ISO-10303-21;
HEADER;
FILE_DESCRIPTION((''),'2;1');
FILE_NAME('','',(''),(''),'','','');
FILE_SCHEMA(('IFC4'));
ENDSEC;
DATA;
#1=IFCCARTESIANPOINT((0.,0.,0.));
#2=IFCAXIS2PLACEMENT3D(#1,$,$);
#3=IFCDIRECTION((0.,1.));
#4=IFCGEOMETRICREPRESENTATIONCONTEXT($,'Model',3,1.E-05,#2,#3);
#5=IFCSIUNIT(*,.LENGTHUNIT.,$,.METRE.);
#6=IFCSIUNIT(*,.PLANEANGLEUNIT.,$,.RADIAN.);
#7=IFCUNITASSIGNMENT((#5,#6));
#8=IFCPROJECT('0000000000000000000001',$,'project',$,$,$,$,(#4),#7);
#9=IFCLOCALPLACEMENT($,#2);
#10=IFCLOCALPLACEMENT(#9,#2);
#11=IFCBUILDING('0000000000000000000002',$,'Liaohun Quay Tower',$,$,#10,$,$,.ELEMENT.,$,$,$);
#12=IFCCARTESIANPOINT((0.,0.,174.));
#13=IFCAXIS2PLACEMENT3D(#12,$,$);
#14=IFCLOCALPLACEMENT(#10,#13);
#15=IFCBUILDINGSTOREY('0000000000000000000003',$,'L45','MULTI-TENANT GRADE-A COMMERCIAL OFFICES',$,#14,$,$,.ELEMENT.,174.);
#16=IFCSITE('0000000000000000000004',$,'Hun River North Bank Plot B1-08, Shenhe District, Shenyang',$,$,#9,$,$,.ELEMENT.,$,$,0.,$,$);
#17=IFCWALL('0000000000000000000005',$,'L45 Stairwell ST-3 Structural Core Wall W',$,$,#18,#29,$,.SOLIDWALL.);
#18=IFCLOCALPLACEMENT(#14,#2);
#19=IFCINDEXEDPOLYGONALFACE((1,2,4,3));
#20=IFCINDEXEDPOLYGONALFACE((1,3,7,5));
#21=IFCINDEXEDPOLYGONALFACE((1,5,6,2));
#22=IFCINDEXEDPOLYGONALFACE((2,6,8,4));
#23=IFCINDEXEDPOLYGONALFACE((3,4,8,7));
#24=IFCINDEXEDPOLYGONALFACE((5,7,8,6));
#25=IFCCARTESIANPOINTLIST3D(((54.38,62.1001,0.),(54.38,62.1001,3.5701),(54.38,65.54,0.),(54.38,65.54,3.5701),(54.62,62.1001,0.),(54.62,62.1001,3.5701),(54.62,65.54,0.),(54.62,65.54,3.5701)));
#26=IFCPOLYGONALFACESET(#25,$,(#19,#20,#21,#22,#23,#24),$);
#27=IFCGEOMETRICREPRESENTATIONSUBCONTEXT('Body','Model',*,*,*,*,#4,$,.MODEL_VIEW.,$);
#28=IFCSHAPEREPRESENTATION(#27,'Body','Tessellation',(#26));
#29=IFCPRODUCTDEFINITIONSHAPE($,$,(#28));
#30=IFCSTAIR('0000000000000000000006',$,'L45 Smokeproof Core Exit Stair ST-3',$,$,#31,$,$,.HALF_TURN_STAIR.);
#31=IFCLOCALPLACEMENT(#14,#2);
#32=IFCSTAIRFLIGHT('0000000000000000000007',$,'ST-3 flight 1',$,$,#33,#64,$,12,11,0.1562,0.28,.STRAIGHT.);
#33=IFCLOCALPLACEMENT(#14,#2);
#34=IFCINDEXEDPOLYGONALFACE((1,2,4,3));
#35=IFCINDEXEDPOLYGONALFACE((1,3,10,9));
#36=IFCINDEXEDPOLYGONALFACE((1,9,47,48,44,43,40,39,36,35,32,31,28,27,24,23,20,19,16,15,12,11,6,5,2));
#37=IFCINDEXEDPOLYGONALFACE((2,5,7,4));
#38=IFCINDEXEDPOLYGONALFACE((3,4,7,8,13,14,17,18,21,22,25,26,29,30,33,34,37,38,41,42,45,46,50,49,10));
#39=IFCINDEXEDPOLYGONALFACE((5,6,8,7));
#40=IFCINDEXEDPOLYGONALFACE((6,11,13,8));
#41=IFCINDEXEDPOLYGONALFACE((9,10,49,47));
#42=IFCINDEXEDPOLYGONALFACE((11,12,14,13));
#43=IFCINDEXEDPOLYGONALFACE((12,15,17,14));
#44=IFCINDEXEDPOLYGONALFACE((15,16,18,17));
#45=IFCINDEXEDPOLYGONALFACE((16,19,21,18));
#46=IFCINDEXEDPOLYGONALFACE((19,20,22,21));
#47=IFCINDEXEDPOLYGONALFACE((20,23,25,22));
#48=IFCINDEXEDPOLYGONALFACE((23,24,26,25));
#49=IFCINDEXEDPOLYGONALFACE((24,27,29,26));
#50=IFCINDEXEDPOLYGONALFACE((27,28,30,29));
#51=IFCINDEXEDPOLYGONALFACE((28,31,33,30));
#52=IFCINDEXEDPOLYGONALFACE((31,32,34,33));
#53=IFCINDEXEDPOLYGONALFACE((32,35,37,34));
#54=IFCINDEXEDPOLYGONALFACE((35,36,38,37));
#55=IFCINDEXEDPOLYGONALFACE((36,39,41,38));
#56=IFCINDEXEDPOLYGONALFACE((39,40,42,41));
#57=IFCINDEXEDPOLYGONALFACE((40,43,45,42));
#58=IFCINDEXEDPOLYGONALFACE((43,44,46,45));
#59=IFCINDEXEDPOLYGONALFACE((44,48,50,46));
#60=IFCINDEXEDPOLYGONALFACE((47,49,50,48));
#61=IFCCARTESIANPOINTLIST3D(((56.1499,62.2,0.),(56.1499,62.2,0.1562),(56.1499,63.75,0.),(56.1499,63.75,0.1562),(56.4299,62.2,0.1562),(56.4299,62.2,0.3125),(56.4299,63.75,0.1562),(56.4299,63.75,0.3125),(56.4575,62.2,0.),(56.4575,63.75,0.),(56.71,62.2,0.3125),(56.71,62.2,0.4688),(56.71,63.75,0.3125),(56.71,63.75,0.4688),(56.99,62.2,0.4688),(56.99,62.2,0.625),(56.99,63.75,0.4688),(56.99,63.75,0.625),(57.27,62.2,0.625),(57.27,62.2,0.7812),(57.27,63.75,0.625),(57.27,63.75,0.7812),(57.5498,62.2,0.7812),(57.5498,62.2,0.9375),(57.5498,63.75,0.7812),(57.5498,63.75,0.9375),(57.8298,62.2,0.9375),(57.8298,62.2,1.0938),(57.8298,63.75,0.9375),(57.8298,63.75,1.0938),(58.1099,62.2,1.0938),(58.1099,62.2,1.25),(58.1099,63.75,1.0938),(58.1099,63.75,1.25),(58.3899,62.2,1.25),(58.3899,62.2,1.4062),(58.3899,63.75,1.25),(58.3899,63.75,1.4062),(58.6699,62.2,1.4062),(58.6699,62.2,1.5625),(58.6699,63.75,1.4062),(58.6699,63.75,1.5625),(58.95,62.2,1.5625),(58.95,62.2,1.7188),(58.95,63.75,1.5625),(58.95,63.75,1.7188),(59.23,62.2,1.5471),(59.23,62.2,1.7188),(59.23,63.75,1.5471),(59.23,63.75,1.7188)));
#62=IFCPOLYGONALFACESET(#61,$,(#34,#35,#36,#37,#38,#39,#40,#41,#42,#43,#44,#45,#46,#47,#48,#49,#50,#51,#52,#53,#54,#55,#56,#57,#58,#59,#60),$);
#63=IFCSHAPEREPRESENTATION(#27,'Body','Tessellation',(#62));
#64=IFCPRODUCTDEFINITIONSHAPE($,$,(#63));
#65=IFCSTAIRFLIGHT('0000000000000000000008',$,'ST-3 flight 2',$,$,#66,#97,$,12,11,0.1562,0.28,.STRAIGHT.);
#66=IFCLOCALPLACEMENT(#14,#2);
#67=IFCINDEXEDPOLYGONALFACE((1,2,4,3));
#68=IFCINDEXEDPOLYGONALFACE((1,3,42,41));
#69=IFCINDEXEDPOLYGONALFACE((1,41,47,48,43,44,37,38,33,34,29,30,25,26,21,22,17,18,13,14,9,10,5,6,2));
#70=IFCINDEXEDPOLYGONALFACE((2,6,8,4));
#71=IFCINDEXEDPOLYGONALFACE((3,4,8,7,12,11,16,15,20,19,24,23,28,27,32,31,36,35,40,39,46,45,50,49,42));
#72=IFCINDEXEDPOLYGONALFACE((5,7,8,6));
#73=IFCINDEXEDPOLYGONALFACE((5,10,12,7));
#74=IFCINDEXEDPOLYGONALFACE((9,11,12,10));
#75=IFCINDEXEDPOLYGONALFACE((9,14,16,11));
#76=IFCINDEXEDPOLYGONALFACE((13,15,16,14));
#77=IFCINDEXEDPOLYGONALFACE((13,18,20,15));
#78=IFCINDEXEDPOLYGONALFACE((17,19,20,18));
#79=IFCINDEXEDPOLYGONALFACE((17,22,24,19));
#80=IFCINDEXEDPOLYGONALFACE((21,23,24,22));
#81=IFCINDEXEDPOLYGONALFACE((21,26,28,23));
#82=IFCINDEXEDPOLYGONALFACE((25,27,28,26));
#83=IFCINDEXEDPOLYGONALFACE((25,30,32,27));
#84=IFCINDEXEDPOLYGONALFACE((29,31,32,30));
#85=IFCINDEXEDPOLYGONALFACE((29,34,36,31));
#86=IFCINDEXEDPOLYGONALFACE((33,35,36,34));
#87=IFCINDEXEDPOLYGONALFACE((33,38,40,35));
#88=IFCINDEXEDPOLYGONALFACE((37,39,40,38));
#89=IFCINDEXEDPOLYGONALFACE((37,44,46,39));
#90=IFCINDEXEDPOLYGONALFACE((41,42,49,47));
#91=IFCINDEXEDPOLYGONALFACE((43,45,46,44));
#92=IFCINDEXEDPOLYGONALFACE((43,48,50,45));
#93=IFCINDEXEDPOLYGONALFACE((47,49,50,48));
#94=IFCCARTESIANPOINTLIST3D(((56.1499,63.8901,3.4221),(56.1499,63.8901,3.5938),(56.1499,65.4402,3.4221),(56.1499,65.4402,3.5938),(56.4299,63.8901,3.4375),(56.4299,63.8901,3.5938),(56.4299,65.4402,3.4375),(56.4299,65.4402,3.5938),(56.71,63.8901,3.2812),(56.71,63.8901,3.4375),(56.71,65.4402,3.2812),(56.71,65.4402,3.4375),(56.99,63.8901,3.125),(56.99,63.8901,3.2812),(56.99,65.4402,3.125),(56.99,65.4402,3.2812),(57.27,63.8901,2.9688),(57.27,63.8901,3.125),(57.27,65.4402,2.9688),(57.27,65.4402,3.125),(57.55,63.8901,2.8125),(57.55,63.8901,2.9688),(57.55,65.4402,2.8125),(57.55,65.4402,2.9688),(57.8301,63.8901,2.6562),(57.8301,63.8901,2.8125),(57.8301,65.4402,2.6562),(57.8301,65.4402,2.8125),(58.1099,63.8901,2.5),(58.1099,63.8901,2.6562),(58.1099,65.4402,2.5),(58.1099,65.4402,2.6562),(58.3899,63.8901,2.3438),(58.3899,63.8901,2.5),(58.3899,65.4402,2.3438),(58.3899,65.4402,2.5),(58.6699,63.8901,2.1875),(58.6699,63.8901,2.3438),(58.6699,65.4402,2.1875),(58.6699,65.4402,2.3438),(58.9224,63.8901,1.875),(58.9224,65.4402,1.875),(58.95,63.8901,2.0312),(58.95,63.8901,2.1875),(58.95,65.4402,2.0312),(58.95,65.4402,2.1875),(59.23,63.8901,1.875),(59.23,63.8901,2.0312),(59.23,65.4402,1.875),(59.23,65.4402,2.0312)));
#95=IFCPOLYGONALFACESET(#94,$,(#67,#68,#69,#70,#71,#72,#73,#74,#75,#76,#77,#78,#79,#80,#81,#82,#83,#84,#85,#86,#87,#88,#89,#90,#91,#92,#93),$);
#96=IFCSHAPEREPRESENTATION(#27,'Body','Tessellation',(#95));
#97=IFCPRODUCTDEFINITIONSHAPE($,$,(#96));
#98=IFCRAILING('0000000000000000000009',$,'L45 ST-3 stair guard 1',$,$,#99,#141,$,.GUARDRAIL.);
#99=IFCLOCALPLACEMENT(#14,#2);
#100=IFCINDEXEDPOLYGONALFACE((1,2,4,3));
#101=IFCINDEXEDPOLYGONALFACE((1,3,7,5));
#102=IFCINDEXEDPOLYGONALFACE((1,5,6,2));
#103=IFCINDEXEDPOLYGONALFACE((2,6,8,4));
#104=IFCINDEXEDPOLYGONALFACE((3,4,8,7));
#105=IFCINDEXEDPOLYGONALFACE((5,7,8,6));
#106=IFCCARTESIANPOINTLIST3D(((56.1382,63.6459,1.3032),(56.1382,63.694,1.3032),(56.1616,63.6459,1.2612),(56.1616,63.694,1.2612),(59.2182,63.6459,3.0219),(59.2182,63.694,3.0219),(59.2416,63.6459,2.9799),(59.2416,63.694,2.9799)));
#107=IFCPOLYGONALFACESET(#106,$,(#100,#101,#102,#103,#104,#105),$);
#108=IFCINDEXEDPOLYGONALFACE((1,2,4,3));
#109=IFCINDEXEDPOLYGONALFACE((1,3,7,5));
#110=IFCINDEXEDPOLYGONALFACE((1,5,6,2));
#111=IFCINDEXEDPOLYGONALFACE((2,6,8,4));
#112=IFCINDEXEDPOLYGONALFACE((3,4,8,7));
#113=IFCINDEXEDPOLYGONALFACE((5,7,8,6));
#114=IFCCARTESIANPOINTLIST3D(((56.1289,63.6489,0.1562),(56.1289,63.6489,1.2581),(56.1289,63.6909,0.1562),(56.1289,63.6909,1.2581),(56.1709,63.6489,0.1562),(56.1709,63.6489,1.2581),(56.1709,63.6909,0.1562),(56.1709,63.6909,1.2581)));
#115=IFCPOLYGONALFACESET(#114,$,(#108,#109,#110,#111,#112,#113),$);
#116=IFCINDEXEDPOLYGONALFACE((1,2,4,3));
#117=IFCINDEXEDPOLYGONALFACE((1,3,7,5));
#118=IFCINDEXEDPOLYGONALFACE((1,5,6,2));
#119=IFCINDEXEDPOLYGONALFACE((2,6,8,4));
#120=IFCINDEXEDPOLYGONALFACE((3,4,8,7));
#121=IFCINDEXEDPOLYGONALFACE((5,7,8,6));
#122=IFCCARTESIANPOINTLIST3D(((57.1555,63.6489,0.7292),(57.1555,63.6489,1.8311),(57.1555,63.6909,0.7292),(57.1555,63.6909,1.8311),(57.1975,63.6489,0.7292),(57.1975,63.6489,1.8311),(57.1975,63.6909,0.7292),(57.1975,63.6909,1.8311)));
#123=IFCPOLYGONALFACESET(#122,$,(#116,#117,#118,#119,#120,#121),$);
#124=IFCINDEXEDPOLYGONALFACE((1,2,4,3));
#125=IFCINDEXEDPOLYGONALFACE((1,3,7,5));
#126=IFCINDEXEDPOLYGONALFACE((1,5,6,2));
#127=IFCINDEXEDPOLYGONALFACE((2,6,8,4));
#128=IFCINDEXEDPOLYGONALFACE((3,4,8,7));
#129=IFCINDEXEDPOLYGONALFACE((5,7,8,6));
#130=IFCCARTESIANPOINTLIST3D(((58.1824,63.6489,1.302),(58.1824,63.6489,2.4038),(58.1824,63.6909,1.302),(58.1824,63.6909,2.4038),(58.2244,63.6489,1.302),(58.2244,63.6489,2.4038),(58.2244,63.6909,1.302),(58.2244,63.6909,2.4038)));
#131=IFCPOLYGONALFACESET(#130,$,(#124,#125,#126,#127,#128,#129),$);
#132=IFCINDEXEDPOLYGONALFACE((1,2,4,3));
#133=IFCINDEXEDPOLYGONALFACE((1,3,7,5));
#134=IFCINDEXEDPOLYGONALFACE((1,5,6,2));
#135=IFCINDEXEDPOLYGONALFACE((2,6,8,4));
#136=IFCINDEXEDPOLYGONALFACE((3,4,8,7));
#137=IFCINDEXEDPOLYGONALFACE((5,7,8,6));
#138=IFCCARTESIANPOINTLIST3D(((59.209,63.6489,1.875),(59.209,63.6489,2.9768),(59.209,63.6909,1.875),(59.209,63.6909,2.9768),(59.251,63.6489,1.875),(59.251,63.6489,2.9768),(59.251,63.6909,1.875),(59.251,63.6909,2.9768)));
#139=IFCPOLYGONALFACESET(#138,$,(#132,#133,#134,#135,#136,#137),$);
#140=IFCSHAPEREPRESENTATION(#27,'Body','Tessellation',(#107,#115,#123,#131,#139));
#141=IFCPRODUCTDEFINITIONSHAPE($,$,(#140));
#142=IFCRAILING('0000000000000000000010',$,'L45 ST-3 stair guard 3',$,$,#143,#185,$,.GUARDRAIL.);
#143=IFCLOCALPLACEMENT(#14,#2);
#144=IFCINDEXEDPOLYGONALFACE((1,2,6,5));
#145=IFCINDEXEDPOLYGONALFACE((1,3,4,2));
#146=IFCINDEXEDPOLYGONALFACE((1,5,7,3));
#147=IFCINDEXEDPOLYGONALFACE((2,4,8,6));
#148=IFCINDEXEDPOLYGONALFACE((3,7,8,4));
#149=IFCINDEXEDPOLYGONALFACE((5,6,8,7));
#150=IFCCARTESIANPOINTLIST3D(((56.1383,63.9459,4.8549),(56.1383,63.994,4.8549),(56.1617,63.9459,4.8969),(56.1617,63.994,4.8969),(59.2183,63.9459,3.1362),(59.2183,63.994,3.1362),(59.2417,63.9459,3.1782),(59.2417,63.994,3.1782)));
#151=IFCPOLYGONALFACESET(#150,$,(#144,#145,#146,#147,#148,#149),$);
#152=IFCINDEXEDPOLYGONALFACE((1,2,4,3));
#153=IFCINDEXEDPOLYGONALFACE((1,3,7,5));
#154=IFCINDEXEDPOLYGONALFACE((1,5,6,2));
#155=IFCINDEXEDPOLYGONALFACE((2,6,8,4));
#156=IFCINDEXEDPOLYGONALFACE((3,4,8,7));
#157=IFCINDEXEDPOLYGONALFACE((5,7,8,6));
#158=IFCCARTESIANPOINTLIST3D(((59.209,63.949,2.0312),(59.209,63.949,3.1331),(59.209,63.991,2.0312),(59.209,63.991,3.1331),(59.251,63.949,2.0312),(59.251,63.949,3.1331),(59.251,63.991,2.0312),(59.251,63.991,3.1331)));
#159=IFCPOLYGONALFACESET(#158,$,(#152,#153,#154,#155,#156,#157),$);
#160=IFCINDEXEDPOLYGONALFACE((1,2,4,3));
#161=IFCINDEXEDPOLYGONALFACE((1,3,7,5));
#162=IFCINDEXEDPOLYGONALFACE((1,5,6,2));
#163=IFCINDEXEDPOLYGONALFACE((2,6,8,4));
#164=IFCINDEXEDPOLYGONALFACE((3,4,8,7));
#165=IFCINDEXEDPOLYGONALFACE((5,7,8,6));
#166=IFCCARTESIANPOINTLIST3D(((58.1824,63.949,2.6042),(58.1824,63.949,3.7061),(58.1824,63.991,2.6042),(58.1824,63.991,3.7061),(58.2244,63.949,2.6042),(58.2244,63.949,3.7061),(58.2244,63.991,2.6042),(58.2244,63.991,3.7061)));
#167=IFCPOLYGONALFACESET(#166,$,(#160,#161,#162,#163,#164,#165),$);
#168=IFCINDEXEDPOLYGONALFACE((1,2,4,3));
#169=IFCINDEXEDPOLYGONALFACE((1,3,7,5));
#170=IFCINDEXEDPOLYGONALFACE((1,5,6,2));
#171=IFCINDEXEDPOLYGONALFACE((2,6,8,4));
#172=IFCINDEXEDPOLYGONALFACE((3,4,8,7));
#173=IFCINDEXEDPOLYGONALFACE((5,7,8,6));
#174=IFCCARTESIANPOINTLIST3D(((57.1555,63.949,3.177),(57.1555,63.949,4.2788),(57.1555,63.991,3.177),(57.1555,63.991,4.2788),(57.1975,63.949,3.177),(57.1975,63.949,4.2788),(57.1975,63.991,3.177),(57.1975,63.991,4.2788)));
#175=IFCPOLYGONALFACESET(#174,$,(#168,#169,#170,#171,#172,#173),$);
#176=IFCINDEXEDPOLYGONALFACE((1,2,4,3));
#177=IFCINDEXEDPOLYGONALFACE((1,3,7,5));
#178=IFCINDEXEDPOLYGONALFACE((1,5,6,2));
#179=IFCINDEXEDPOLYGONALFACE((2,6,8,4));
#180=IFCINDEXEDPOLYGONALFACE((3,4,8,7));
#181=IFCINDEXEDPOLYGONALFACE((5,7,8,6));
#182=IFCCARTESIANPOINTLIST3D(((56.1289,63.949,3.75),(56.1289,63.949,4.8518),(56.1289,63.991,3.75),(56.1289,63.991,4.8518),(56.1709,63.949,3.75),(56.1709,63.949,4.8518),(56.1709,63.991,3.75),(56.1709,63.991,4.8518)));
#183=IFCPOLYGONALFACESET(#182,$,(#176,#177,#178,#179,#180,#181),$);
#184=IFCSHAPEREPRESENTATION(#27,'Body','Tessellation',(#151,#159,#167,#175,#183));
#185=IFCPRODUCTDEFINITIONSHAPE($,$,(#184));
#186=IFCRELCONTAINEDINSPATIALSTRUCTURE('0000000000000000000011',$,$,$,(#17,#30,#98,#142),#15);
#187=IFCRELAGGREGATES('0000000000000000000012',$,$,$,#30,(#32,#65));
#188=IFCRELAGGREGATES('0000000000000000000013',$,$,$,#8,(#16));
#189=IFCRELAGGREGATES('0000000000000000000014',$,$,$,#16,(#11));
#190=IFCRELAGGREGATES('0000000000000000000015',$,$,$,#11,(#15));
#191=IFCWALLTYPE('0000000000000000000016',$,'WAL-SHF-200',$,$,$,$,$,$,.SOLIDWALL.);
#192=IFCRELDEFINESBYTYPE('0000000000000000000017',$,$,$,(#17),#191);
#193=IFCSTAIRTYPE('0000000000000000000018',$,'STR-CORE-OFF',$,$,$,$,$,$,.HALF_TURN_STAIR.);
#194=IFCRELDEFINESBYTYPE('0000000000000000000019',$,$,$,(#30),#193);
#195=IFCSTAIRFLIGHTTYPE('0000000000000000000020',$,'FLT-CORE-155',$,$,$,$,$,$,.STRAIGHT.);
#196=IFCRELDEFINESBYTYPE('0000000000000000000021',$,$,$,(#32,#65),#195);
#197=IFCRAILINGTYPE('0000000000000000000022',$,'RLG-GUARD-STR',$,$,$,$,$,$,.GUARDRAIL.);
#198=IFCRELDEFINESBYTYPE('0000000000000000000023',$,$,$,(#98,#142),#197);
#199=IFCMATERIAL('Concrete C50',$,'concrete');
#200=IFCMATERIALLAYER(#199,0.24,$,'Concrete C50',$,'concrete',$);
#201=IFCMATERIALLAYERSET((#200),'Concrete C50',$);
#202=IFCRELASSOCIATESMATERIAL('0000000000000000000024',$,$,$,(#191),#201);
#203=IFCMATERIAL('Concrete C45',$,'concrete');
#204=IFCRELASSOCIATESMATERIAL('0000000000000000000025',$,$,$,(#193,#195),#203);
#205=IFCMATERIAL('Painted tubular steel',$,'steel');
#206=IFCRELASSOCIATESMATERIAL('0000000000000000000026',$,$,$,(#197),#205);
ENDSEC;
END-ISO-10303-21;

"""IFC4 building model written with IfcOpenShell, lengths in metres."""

from ifc_helpers import new_model, si_unit, direction, frame, frame_2d, origin, origin_2d, place, context, subcontext, project, spatial, polyline, rectangle, outline, extrude, material, layer, layer_set, type_object, element, aggregate, save


model = new_model("IFC4")

# Units and contexts
model_context = context("Model", 3, precision=1e-05, world=origin(), true_north=direction((0.0, 1.0)))
body_context = subcontext(model_context, "Body", "Model", "MODEL_VIEW")
ifc_project = project(units=[si_unit("LENGTHUNIT", "METRE"), si_unit("PLANEANGLEUNIT", "RADIAN")], contexts=[model_context])

# Site, building, storey
site_placement = place(None, origin())
site = spatial("IfcSite", under=ifc_project, at=site_placement, Name="Hun River North Bank Plot B1-08, Shenhe District, Shenyang", CompositionType="ELEMENT", RefElevation=0.0)
building_placement = place(site_placement, origin())
building = spatial("IfcBuilding", under=site, at=building_placement, Name="Liaohun Quay Tower", CompositionType="ELEMENT")
storey_placement = place(building_placement, frame((0.0, 0.0, 174.0)))
storey = spatial("IfcBuildingStorey", under=building, at=storey_placement, Name="L45", Description="MULTI-TENANT GRADE-A COMMERCIAL OFFICES", CompositionType="ELEMENT", Elevation=174.0)

# Wall
ifc_material_1 = material(Name="Concrete C50", Category="concrete")
ifc_layer_1 = layer(ifc_material_1, 0.24, Name="Concrete C50", Category="concrete")
ifc_layer_set_1 = layer_set([ifc_layer_1], Name="Concrete C50")
wall_type_1 = type_object("IfcWallType", Name="WAL-SHF-200", PredefinedType="SOLIDWALL", material=ifc_layer_set_1)
wall_1_placement = place(storey_placement, frame((54.5, 65.54, 0.0), z_axis=(0.0, 0.0, 1.0), x_axis=(0.0, -1.0, 0.0)))
element("IfcWall", 1, at=wall_1_placement, inside=storey, type_object=wall_type_1, Name="L45 Stairwell ST-3 Structural Core Wall W", PredefinedType="SOLIDWALL", context=body_context, shape_type="SweptSolid", body=[
    extrude(rectangle(XDim=3.4399, YDim=0.24, at=frame_2d((1.72, 0.0))), origin(), (0.0, 0.0, 1.0), 3.5701),
])

# Stair, stair flights
ifc_material_2 = material(Name="Concrete C45", Category="concrete")
stair_type = type_object("IfcStairType", Name="STR-CORE-OFF", PredefinedType="HALF_TURN_STAIR", material=ifc_material_2)
stair_placement = place(storey_placement, origin())
stair = element("IfcStair", 2, at=stair_placement, inside=storey, type_object=stair_type, Name="L45 Smokeproof Core Exit Stair ST-3", PredefinedType="HALF_TURN_STAIR")
stair_flight_type = type_object("IfcStairFlightType", Name="FLT-CORE-155", PredefinedType="STRAIGHT", material=ifc_material_2)
stair_flight_1_placement = place(storey_placement, frame((56.1499, 62.9751, 0.0), z_axis=(0.0, 0.0, 1.0), x_axis=(1.0, 0.0, 0.0)))
stair_flight_1 = element("IfcStairFlight", 3, at=stair_flight_1_placement, type_object=stair_flight_type, Name="ST-3 flight 1", NumberOfRisers=12, NumberOfTreads=11, PredefinedType="STRAIGHT", RiserHeight=0.1562, TreadLength=0.28, context=body_context, shape_type="SweptSolid", body=[
    extrude(outline(polyline([(0.0, 0.0), (0.0, 0.1562), (0.28, 0.1562), (0.28, 0.3125), (0.5601, 0.3125), (0.5601, 0.4688), (0.8401, 0.4688), (0.8401, 0.625), (1.1201, 0.625), (1.1201, 0.7812), (1.3999, 0.7812), (1.3999, 0.9375), (1.6799, 0.9375), (1.6799, 1.0938), (1.96, 1.0938), (1.96, 1.25), (2.24, 1.25), (2.24, 1.4062), (2.52, 1.4062), (2.52, 1.5625), (2.8, 1.5625), (2.8, 1.7188), (3.0801, 1.7188), (3.0801, 1.875), (3.0801, 1.5471), (0.3076, 0.0), (0.0, 0.0)])), frame((0.0, 0.7749, 0.0), z_axis=(0.0, -1.0, 0.0), x_axis=(1.0, 0.0, 0.0)), (0.0, 0.0, 1.0), 1.55),
])
stair_flight_2_placement = place(storey_placement, frame((59.23, 64.665, 1.875), z_axis=(0.0, 0.0, 1.0), x_axis=(-1.0, 0.0, 0.0)))
stair_flight_2 = element("IfcStairFlight", 4, at=stair_flight_2_placement, type_object=stair_flight_type, Name="ST-3 flight 2", NumberOfRisers=12, NumberOfTreads=11, PredefinedType="STRAIGHT", RiserHeight=0.1562, TreadLength=0.28, context=body_context, shape_type="SweptSolid", body=[
    extrude(outline(polyline([(0.0, 0.0), (0.0, 0.1562), (0.28, 0.1562), (0.28, 0.3125), (0.5601, 0.3125), (0.5601, 0.4688), (0.8401, 0.4688), (0.8401, 0.625), (1.1201, 0.625), (1.1201, 0.7812), (1.3999, 0.7812), (1.3999, 0.9375), (1.6799, 0.9375), (1.6799, 1.0938), (1.96, 1.0938), (1.96, 1.25), (2.24, 1.25), (2.24, 1.4062), (2.52, 1.4062), (2.52, 1.5625), (2.8, 1.5625), (2.8, 1.7188), (3.0801, 1.7188), (3.0801, 1.875), (3.0801, 1.5471), (0.3076, 0.0), (0.0, 0.0)])), frame((0.0, 0.7749, 0.0), z_axis=(0.0, -1.0, 0.0), x_axis=(1.0, 0.0, 0.0)), (0.0, 0.0, 1.0), 1.55),
])
aggregate(stair, [stair_flight_1, stair_flight_2])

# Railings
ifc_material_3 = material(Name="Painted tubular steel", Category="steel")
railing_type_1 = type_object("IfcRailingType", Name="RLG-GUARD-STR", PredefinedType="GUARDRAIL", material=ifc_material_3)
railing_1_placement = place(storey_placement, frame((56.1499, 63.6699, 0.1562)))
element("IfcRailing", 5, at=railing_1_placement, inside=storey, type_object=railing_type_1, Name="L45 ST-3 stair guard 1", PredefinedType="GUARDRAIL", context=body_context, shape_type="SweptSolid", body=[
    extrude(rectangle(XDim=0.0481, YDim=0.0481, at=origin_2d()), frame((0.0, 0.0, 1.126), z_axis=(0.873242, 0.0, 0.487288), x_axis=(0.0, 1.0, 0.0)), (0.0, 0.0, 1.0), 3.5271),
    extrude(rectangle(XDim=0.042, YDim=0.042, at=origin_2d()), origin(), (0.0, 0.0, 1.0), 1.1018),
    extrude(rectangle(XDim=0.042, YDim=0.042, at=origin_2d()), frame((1.0266, 0.0, 0.573)), (0.0, 0.0, 1.0), 1.1018),
    extrude(rectangle(XDim=0.042, YDim=0.042, at=origin_2d()), frame((2.0535, 0.0, 1.1458)), (0.0, 0.0, 1.0), 1.1018),
    extrude(rectangle(XDim=0.042, YDim=0.042, at=origin_2d()), frame((3.0801, 0.0, 1.7188)), (0.0, 0.0, 1.0), 1.1018),
])
railing_2_placement = place(storey_placement, frame((59.23, 63.97, 2.0312)))
element("IfcRailing", 6, at=railing_2_placement, inside=storey, type_object=railing_type_1, Name="L45 ST-3 stair guard 3", PredefinedType="GUARDRAIL", context=body_context, shape_type="SweptSolid", body=[
    extrude(rectangle(XDim=0.0481, YDim=0.0481, at=origin_2d()), frame((0.0, 0.0, 1.126), z_axis=(-0.873242, 0.0, 0.487288), x_axis=(0.0, -1.0, 0.0)), (0.0, 0.0, 1.0), 3.5271),
    extrude(rectangle(XDim=0.042, YDim=0.042, at=origin_2d()), origin(), (0.0, 0.0, 1.0), 1.1018),
    extrude(rectangle(XDim=0.042, YDim=0.042, at=origin_2d()), frame((-1.0266, 0.0, 0.573)), (0.0, 0.0, 1.0), 1.1018),
    extrude(rectangle(XDim=0.042, YDim=0.042, at=origin_2d()), frame((-2.0535, 0.0, 1.1458)), (0.0, 0.0, 1.0), 1.1018),
    extrude(rectangle(XDim=0.042, YDim=0.042, at=origin_2d()), frame((-3.0801, 0.0, 1.7188)), (0.0, 0.0, 1.0), 1.1018),
])

save(model, "model.ifc")
